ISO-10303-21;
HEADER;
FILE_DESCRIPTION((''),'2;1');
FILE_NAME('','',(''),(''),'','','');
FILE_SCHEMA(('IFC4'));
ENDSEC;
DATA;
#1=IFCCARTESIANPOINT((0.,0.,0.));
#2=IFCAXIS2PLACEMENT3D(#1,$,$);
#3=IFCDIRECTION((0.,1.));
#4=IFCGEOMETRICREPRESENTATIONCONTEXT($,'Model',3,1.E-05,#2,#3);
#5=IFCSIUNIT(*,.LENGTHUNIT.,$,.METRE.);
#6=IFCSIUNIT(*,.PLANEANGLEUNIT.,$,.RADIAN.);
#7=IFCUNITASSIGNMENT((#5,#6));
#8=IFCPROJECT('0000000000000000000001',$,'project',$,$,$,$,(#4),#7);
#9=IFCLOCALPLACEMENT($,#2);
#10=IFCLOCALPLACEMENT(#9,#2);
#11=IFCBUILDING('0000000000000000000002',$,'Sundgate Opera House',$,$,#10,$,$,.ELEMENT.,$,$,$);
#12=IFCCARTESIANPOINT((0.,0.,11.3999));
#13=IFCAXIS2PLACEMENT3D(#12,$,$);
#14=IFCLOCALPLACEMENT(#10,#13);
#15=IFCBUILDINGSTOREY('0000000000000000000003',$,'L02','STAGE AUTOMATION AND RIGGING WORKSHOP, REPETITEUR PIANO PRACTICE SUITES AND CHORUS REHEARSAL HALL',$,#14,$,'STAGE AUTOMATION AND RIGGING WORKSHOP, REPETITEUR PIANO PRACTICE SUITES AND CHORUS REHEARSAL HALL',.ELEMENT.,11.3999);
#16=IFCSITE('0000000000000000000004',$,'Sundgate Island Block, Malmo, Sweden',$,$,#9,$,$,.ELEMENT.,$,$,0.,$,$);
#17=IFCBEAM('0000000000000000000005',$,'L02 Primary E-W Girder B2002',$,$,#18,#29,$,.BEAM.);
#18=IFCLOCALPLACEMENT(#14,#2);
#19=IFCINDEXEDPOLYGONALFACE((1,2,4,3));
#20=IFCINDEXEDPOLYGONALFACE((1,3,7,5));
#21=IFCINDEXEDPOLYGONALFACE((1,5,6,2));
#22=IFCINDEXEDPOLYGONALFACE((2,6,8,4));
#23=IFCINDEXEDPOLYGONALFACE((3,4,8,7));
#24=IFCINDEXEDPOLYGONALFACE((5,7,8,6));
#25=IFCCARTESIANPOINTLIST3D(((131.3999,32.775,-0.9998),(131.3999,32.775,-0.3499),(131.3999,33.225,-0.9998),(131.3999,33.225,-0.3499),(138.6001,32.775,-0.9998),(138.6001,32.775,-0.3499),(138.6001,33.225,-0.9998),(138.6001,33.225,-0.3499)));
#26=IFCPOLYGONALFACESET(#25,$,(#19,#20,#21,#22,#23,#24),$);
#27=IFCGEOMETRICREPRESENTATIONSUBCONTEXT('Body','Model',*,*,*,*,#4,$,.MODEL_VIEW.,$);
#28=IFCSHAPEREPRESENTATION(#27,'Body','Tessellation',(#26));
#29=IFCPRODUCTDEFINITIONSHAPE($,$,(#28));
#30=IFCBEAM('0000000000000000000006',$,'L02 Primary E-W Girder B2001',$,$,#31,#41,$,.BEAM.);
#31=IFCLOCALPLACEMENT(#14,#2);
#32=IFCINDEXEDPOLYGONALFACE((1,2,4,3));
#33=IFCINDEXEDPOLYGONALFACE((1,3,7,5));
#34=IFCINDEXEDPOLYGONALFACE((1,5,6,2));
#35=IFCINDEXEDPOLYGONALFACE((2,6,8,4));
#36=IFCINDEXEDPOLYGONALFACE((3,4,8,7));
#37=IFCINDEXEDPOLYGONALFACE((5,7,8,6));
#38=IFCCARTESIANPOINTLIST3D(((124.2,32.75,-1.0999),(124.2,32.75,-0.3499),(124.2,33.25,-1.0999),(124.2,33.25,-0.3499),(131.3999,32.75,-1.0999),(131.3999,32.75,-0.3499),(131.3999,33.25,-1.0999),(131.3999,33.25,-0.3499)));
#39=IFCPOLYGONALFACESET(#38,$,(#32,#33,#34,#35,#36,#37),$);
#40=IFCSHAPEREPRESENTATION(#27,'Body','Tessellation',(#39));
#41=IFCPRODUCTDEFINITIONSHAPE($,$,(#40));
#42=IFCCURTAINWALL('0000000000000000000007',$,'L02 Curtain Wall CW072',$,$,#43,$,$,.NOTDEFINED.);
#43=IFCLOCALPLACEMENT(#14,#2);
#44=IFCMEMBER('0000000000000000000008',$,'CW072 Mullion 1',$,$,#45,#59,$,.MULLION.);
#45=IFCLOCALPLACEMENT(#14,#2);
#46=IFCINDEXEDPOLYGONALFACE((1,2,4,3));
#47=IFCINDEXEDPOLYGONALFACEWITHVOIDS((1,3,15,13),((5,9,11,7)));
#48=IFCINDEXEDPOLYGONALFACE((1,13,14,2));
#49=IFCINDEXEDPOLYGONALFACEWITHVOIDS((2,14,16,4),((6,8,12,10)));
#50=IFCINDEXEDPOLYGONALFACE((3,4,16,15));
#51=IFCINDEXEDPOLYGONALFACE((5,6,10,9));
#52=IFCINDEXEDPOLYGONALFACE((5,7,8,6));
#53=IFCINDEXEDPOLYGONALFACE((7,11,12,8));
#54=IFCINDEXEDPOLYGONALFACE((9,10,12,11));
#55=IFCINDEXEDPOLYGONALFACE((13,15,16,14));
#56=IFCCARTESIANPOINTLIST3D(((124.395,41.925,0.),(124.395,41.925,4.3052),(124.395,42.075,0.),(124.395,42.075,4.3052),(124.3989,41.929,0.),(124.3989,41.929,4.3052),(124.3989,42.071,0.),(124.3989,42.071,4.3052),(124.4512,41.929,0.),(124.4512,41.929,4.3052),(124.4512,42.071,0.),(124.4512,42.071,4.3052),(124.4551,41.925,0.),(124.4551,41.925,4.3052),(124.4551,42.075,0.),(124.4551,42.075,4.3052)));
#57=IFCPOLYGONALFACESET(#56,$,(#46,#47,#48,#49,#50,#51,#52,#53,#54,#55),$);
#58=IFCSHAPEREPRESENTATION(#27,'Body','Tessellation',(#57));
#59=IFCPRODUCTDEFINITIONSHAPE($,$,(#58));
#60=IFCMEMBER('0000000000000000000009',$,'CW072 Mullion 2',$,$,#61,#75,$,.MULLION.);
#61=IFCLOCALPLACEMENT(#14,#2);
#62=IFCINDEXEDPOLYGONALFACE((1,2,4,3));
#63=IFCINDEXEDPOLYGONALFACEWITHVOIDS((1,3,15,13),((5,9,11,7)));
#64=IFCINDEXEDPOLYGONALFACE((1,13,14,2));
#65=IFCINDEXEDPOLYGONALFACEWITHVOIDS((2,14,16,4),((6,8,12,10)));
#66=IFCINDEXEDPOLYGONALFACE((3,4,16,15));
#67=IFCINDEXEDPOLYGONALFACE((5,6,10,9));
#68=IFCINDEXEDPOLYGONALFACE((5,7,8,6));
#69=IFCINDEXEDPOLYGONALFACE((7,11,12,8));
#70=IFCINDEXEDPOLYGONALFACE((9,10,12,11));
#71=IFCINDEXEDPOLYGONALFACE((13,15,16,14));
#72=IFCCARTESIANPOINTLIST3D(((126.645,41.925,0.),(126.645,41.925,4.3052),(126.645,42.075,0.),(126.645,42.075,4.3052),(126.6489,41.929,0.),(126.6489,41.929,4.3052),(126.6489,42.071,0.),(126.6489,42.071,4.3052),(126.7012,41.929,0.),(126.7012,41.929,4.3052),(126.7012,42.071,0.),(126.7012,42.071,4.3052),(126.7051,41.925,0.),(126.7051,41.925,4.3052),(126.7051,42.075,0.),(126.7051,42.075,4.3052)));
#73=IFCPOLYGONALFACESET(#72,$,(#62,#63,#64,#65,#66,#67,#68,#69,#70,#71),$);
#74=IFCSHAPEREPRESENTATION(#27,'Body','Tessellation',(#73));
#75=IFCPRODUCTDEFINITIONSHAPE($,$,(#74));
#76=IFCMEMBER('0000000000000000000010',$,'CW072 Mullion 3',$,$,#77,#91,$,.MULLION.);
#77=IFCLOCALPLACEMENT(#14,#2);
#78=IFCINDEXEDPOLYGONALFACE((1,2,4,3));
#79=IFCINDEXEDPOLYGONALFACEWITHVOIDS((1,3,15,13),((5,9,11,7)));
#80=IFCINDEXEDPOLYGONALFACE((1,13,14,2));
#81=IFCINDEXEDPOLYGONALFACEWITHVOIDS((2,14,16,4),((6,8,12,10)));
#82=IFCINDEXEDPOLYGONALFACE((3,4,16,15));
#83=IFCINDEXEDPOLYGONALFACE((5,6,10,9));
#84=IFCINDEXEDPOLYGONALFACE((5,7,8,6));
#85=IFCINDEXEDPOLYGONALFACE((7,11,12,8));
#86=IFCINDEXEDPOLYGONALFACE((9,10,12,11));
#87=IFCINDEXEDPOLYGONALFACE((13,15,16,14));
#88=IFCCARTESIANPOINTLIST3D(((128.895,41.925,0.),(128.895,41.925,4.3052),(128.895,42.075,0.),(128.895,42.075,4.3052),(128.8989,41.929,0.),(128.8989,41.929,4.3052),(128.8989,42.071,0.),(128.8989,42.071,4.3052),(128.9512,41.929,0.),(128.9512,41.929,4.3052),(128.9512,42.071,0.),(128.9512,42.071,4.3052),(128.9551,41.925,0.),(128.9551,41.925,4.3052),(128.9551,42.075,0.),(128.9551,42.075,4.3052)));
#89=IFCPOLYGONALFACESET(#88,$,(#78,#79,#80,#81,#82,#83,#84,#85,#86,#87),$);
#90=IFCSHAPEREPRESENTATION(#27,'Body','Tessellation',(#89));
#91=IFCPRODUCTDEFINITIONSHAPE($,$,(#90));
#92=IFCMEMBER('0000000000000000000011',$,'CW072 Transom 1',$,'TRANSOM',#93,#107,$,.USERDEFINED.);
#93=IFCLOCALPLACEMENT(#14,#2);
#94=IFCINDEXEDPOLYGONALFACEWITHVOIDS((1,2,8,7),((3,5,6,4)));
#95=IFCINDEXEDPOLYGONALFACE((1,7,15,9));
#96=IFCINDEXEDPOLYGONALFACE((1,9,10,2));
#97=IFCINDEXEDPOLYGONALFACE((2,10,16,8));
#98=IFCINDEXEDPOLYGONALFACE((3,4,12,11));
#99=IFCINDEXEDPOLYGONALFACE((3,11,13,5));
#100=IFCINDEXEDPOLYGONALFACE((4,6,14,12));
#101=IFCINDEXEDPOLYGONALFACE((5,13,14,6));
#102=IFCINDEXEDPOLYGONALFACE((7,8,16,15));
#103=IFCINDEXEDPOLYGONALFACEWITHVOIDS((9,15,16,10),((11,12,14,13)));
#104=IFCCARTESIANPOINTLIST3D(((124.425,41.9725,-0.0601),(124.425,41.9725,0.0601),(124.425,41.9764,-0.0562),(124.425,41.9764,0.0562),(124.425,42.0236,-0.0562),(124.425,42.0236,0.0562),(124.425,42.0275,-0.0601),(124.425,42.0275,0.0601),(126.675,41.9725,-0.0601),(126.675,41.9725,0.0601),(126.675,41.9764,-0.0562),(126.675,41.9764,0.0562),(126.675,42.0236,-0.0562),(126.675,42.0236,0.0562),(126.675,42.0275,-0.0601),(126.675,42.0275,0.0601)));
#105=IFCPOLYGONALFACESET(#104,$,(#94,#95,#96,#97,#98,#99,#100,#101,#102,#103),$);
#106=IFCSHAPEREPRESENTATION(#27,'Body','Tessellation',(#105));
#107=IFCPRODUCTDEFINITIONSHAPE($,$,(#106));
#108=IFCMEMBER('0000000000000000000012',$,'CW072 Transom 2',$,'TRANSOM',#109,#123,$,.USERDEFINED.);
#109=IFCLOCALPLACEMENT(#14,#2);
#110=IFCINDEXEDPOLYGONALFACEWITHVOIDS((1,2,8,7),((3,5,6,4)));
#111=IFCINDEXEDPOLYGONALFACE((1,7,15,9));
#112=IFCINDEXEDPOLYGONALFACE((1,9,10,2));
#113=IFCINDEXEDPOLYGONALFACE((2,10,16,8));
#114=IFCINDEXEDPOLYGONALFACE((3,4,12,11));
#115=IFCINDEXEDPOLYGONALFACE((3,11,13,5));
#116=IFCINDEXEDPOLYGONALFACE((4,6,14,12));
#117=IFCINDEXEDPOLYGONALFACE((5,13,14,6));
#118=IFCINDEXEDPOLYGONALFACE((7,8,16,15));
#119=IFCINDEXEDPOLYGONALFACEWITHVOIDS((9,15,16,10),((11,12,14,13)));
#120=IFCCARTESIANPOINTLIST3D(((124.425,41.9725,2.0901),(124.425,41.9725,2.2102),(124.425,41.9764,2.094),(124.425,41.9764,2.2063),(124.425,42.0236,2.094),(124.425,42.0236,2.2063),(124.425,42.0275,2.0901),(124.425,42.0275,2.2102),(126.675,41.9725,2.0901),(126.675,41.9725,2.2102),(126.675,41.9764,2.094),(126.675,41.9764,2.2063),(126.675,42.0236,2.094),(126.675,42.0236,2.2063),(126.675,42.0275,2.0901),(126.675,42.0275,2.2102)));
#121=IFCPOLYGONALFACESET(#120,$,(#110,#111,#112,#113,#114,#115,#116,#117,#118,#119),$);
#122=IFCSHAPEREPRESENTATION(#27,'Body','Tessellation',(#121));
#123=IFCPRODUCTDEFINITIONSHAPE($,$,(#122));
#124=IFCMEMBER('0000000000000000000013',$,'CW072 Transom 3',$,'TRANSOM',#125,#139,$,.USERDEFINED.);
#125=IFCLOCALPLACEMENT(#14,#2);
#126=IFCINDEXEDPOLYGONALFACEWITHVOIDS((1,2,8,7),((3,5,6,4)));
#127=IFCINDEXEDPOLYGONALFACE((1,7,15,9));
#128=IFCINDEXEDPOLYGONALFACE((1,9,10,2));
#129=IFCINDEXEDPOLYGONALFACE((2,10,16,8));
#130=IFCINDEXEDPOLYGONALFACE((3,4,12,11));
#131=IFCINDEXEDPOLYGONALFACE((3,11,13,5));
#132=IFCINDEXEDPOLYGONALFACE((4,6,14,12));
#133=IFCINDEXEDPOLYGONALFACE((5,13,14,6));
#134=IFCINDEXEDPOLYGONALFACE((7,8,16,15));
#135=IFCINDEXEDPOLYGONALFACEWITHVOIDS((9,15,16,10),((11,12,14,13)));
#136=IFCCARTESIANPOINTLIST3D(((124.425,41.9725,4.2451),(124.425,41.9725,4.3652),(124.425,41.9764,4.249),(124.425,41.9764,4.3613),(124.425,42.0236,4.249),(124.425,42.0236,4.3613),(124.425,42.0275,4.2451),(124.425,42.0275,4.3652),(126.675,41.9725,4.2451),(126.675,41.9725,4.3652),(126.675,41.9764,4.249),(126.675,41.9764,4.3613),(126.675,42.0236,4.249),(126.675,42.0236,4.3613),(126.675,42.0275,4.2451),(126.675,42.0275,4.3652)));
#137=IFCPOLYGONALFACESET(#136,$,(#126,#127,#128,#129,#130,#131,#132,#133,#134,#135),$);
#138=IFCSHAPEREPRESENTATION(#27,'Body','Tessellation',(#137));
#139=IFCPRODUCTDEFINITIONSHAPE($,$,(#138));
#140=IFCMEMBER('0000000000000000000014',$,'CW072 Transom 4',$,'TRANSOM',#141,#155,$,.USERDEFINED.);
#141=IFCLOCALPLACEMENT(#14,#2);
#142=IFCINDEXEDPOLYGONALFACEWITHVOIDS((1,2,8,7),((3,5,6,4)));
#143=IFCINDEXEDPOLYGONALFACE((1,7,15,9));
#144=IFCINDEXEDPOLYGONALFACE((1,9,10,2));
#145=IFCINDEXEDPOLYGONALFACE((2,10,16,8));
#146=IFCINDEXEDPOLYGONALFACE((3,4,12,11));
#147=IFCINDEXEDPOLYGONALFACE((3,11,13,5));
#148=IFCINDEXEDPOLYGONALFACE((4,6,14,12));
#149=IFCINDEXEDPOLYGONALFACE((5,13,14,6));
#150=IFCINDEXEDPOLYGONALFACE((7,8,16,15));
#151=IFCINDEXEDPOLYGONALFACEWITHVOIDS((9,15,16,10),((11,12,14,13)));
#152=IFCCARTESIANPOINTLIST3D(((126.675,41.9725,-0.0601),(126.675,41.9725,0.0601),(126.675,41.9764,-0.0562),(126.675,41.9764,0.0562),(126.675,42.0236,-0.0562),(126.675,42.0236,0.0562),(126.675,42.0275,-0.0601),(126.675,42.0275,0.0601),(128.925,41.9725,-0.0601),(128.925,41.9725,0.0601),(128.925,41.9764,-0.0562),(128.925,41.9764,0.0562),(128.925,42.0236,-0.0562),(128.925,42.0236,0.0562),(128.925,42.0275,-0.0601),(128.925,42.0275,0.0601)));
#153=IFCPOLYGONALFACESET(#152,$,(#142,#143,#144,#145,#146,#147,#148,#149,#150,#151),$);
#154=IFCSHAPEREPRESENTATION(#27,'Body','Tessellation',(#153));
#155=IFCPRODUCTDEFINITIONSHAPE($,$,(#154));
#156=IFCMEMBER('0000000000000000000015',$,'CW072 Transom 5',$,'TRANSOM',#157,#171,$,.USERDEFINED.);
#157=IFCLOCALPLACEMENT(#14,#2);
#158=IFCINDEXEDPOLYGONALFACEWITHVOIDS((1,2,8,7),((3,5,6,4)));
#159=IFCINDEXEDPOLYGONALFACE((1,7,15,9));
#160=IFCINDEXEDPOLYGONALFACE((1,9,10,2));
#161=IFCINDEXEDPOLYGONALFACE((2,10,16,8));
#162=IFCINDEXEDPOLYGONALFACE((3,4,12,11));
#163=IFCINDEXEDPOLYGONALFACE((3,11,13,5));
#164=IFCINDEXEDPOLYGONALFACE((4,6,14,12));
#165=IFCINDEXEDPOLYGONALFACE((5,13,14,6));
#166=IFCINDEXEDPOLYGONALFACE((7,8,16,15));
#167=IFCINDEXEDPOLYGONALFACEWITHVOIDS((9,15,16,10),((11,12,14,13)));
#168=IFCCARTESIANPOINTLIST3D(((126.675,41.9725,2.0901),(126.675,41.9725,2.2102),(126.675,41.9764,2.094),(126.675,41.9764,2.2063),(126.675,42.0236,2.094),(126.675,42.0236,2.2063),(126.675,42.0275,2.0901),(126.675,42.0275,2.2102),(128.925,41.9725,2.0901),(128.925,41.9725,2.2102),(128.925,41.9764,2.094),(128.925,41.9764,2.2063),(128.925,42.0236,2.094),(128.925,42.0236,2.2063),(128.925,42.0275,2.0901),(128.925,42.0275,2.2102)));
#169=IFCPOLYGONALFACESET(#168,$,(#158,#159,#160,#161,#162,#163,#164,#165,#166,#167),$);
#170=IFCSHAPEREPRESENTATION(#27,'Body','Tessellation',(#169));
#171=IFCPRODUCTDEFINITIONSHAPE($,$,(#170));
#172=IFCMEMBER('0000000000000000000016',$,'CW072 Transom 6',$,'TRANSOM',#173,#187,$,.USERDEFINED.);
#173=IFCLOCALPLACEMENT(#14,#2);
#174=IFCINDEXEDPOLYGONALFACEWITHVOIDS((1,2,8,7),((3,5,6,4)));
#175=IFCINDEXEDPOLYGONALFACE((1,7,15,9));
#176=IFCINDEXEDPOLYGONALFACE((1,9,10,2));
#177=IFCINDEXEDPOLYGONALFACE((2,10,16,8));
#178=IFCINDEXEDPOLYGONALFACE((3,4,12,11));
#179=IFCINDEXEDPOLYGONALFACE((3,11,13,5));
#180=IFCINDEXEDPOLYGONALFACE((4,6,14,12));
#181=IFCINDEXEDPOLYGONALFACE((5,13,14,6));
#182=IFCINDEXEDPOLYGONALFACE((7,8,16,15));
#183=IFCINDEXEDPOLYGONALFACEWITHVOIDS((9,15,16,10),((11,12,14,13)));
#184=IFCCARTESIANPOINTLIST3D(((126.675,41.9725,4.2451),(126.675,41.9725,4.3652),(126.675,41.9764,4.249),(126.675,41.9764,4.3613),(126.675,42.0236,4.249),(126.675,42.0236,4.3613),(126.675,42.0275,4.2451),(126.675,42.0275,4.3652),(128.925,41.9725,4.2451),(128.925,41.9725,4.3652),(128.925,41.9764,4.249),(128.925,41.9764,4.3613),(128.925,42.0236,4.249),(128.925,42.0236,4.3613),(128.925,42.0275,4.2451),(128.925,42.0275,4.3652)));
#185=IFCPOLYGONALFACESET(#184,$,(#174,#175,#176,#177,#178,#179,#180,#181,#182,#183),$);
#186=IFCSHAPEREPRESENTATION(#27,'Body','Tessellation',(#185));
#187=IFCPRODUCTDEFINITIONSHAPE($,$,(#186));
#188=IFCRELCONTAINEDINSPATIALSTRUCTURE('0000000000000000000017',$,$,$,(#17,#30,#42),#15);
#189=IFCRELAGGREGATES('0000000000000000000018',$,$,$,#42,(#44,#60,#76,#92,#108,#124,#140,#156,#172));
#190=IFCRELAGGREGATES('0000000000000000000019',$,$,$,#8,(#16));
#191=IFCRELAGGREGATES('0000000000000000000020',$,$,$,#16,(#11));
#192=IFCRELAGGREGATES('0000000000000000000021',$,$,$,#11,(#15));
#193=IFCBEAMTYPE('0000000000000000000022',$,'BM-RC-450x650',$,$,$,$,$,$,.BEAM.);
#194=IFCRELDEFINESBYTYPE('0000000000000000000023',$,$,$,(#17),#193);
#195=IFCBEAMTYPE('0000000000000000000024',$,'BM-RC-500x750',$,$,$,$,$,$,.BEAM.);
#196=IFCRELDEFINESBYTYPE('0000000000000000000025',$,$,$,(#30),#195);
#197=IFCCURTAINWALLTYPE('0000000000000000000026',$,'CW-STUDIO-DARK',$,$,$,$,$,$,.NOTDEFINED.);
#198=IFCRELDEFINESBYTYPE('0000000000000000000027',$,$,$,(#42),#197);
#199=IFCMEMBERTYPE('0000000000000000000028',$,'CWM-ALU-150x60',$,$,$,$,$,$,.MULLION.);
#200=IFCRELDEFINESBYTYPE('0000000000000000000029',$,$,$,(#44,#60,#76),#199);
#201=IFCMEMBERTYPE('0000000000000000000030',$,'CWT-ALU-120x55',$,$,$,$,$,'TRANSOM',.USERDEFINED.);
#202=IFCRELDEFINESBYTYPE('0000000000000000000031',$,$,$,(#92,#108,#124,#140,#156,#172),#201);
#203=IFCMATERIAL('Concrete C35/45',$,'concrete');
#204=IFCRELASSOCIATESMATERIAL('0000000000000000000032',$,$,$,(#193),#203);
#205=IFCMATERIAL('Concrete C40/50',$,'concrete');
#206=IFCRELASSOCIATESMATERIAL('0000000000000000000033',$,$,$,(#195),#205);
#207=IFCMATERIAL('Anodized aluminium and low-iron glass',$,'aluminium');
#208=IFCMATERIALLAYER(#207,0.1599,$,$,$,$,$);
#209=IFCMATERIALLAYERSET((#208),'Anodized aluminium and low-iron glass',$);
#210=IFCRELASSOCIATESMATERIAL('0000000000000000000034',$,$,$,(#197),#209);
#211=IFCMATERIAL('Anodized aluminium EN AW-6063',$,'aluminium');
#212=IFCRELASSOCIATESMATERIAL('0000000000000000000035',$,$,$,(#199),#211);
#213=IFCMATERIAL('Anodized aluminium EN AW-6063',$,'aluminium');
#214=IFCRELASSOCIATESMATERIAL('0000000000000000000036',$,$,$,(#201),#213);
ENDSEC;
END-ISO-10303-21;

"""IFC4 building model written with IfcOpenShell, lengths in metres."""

from ifc_helpers import new_model, si_unit, direction, frame, origin, origin_2d, place, context, subcontext, project, spatial, rectangle, hollow_rectangle, extrude, material, layer, layer_set, material_profile, profile_set, type_object, element, aggregate, save


model = new_model("IFC4")

# Units and contexts
model_context = context("Model", 3, precision=1e-05, world=origin(), true_north=direction((0.0, 1.0)))
body_context = subcontext(model_context, "Body", "Model", "MODEL_VIEW")
ifc_project = project(units=[si_unit("LENGTHUNIT", "METRE"), si_unit("PLANEANGLEUNIT", "RADIAN")], contexts=[model_context])

# Site, building, storey
site_placement = place(None, origin())
site = spatial("IfcSite", under=ifc_project, at=site_placement, Name="Sundgate Island Block, Malmo, Sweden", CompositionType="ELEMENT", RefElevation=0.0)
building_placement = place(site_placement, origin())
building = spatial("IfcBuilding", under=site, at=building_placement, Name="Sundgate Opera House", CompositionType="ELEMENT")
storey_placement = place(building_placement, frame((0.0, 0.0, 11.3999)))
storey = spatial("IfcBuildingStorey", under=building, at=storey_placement, Name="L02", Description="STAGE AUTOMATION AND RIGGING WORKSHOP, REPETITEUR PIANO PRACTICE SUITES AND CHORUS REHEARSAL HALL", LongName="STAGE AUTOMATION AND RIGGING WORKSHOP, REPETITEUR PIANO PRACTICE SUITES AND CHORUS REHEARSAL HALL", CompositionType="ELEMENT", Elevation=11.3999)

# Beams
ifc_material_1 = material(Name="Concrete C35/45", Category="concrete")
ifc_material_profile_1 = material_profile(ifc_material_1, rectangle(XDim=0.45, YDim=0.6499, at=origin_2d()), Name="RC 450x650")
ifc_profile_set_1 = profile_set([ifc_material_profile_1], Name="Concrete C35/45")
beam_type_1 = type_object("IfcBeamType", Name="BM-RC-450x650", PredefinedType="BEAM", material=ifc_profile_set_1)
beam_1_placement = place(storey_placement, frame((131.3999, 33.0, -0.6748), z_axis=(1.0, 0.0, 0.0), x_axis=(0.0, 1.0, 0.0)))
element("IfcBeam", 1, at=beam_1_placement, inside=storey, type_object=beam_type_1, Name="L02 Primary E-W Girder B2002", PredefinedType="BEAM", context=body_context, shape_type="SweptSolid", body=[
    extrude(rectangle(XDim=0.45, YDim=0.6499, at=origin_2d()), origin(), (0.0, 0.0, 1.0), 7.2002),
])
ifc_material_2 = material(Name="Concrete C40/50", Category="concrete")
ifc_material_profile_2 = material_profile(ifc_material_2, rectangle(XDim=0.5, YDim=0.75, at=origin_2d()), Name="RC 500x750")
ifc_profile_set_2 = profile_set([ifc_material_profile_2], Name="Concrete C40/50")
beam_type_2 = type_object("IfcBeamType", Name="BM-RC-500x750", PredefinedType="BEAM", material=ifc_profile_set_2)
beam_2_placement = place(storey_placement, frame((124.2, 33.0, -0.7249), z_axis=(1.0, 0.0, 0.0), x_axis=(0.0, 1.0, 0.0)))
element("IfcBeam", 2, at=beam_2_placement, inside=storey, type_object=beam_type_2, Name="L02 Primary E-W Girder B2001", PredefinedType="BEAM", context=body_context, shape_type="SweptSolid", body=[
    extrude(rectangle(XDim=0.5, YDim=0.75, at=origin_2d()), origin(), (0.0, 0.0, 1.0), 7.2),
])

# Curtain wall, members
ifc_material_3 = material(Name="Anodized aluminium and low-iron glass", Category="aluminium")
ifc_layer_1 = layer(ifc_material_3, 0.1599)
ifc_layer_set_1 = layer_set([ifc_layer_1], Name="Anodized aluminium and low-iron glass")
curtain_wall_type = type_object("IfcCurtainWallType", Name="CW-STUDIO-DARK", PredefinedType="NOTDEFINED", material=ifc_layer_set_1)
curtain_wall_placement = place(storey_placement, origin())
curtain_wall = element("IfcCurtainWall", 3, at=curtain_wall_placement, inside=storey, type_object=curtain_wall_type, Name="L02 Curtain Wall CW072", PredefinedType="NOTDEFINED")
ifc_material_4 = material(Name="Anodized aluminium EN AW-6063", Category="aluminium")
ifc_material_profile_3 = material_profile(ifc_material_4, hollow_rectangle(XDim=0.0601, YDim=0.1499, WallThickness=0.0039, at=origin_2d()), Name="CWM 150x60x4")
ifc_profile_set_3 = profile_set([ifc_material_profile_3], Name="Anodized aluminium EN AW-6063")
member_type_1 = type_object("IfcMemberType", Name="CWM-ALU-150x60", PredefinedType="MULLION", material=ifc_profile_set_3)
member_1_placement = place(storey_placement, frame((124.425, 42.0, 0.0), z_axis=(0.0, 0.0, 1.0), x_axis=(1.0, 0.0, 0.0)))
member_1 = element("IfcMember", 4, at=member_1_placement, type_object=member_type_1, Name="CW072 Mullion 1", PredefinedType="MULLION", context=body_context, shape_type="SweptSolid", body=[
    extrude(hollow_rectangle(XDim=0.0601, YDim=0.1499, WallThickness=0.0039, at=origin_2d()), origin(), (0.0, 0.0, 1.0), 4.3052),
])
member_2_placement = place(storey_placement, frame((126.675, 42.0, 0.0), z_axis=(0.0, 0.0, 1.0), x_axis=(1.0, 0.0, 0.0)))
member_2 = element("IfcMember", 5, at=member_2_placement, type_object=member_type_1, Name="CW072 Mullion 2", PredefinedType="MULLION", context=body_context, shape_type="SweptSolid", body=[
    extrude(hollow_rectangle(XDim=0.0601, YDim=0.1499, WallThickness=0.0039, at=origin_2d()), origin(), (0.0, 0.0, 1.0), 4.3052),
])
member_3_placement = place(storey_placement, frame((128.925, 42.0, 0.0), z_axis=(0.0, 0.0, 1.0), x_axis=(1.0, 0.0, 0.0)))
member_3 = element("IfcMember", 6, at=member_3_placement, type_object=member_type_1, Name="CW072 Mullion 3", PredefinedType="MULLION", context=body_context, shape_type="SweptSolid", body=[
    extrude(hollow_rectangle(XDim=0.0601, YDim=0.1499, WallThickness=0.0039, at=origin_2d()), origin(), (0.0, 0.0, 1.0), 4.3052),
])
ifc_material_5 = material(Name="Anodized aluminium EN AW-6063", Category="aluminium")
ifc_material_profile_4 = material_profile(ifc_material_5, hollow_rectangle(XDim=0.0549, YDim=0.1201, WallThickness=0.0039, at=origin_2d()), Name="CWT 120x55x4")
ifc_profile_set_4 = profile_set([ifc_material_profile_4], Name="Anodized aluminium EN AW-6063")
member_type_2 = type_object("IfcMemberType", Name="CWT-ALU-120x55", ElementType="TRANSOM", PredefinedType="USERDEFINED", material=ifc_profile_set_4)
member_4_placement = place(storey_placement, frame((124.425, 42.0, 0.0), z_axis=(1.0, 0.0, 0.0), x_axis=(0.0, 1.0, 0.0)))
member_4 = element("IfcMember", 7, at=member_4_placement, type_object=member_type_2, Name="CW072 Transom 1", ObjectType="TRANSOM", PredefinedType="USERDEFINED", context=body_context, shape_type="SweptSolid", body=[
    extrude(hollow_rectangle(XDim=0.0549, YDim=0.1201, WallThickness=0.0039, at=origin_2d()), origin(), (0.0, 0.0, 1.0), 2.25),
])
member_5_placement = place(storey_placement, frame((124.425, 42.0, 2.1501), z_axis=(1.0, 0.0, 0.0), x_axis=(0.0, 1.0, 0.0)))
member_5 = element("IfcMember", 8, at=member_5_placement, type_object=member_type_2, Name="CW072 Transom 2", ObjectType="TRANSOM", PredefinedType="USERDEFINED", context=body_context, shape_type="SweptSolid", body=[
    extrude(hollow_rectangle(XDim=0.0549, YDim=0.1201, WallThickness=0.0039, at=origin_2d()), origin(), (0.0, 0.0, 1.0), 2.25),
])
member_6_placement = place(storey_placement, frame((124.425, 42.0, 4.3052), z_axis=(1.0, 0.0, 0.0), x_axis=(0.0, 1.0, 0.0)))
member_6 = element("IfcMember", 9, at=member_6_placement, type_object=member_type_2, Name="CW072 Transom 3", ObjectType="TRANSOM", PredefinedType="USERDEFINED", context=body_context, shape_type="SweptSolid", body=[
    extrude(hollow_rectangle(XDim=0.0549, YDim=0.1201, WallThickness=0.0039, at=origin_2d()), origin(), (0.0, 0.0, 1.0), 2.25),
])
member_7_placement = place(storey_placement, frame((126.675, 42.0, 0.0), z_axis=(1.0, 0.0, 0.0), x_axis=(0.0, 1.0, 0.0)))
member_7 = element("IfcMember", 10, at=member_7_placement, type_object=member_type_2, Name="CW072 Transom 4", ObjectType="TRANSOM", PredefinedType="USERDEFINED", context=body_context, shape_type="SweptSolid", body=[
    extrude(hollow_rectangle(XDim=0.0549, YDim=0.1201, WallThickness=0.0039, at=origin_2d()), origin(), (0.0, 0.0, 1.0), 2.25),
])
member_8_placement = place(storey_placement, frame((126.675, 42.0, 2.1501), z_axis=(1.0, 0.0, 0.0), x_axis=(0.0, 1.0, 0.0)))
member_8 = element("IfcMember", 11, at=member_8_placement, type_object=member_type_2, Name="CW072 Transom 5", ObjectType="TRANSOM", PredefinedType="USERDEFINED", context=body_context, shape_type="SweptSolid", body=[
    extrude(hollow_rectangle(XDim=0.0549, YDim=0.1201, WallThickness=0.0039, at=origin_2d()), origin(), (0.0, 0.0, 1.0), 2.25),
])
member_9_placement = place(storey_placement, frame((126.675, 42.0, 4.3052), z_axis=(1.0, 0.0, 0.0), x_axis=(0.0, 1.0, 0.0)))
member_9 = element("IfcMember", 12, at=member_9_placement, type_object=member_type_2, Name="CW072 Transom 6", ObjectType="TRANSOM", PredefinedType="USERDEFINED", context=body_context, shape_type="SweptSolid", body=[
    extrude(hollow_rectangle(XDim=0.0549, YDim=0.1201, WallThickness=0.0039, at=origin_2d()), origin(), (0.0, 0.0, 1.0), 2.25),
])

aggregate(curtain_wall, [member_1, member_2, member_3, member_4, member_5, member_6, member_7, member_8, member_9])

save(model, "model.ifc")
